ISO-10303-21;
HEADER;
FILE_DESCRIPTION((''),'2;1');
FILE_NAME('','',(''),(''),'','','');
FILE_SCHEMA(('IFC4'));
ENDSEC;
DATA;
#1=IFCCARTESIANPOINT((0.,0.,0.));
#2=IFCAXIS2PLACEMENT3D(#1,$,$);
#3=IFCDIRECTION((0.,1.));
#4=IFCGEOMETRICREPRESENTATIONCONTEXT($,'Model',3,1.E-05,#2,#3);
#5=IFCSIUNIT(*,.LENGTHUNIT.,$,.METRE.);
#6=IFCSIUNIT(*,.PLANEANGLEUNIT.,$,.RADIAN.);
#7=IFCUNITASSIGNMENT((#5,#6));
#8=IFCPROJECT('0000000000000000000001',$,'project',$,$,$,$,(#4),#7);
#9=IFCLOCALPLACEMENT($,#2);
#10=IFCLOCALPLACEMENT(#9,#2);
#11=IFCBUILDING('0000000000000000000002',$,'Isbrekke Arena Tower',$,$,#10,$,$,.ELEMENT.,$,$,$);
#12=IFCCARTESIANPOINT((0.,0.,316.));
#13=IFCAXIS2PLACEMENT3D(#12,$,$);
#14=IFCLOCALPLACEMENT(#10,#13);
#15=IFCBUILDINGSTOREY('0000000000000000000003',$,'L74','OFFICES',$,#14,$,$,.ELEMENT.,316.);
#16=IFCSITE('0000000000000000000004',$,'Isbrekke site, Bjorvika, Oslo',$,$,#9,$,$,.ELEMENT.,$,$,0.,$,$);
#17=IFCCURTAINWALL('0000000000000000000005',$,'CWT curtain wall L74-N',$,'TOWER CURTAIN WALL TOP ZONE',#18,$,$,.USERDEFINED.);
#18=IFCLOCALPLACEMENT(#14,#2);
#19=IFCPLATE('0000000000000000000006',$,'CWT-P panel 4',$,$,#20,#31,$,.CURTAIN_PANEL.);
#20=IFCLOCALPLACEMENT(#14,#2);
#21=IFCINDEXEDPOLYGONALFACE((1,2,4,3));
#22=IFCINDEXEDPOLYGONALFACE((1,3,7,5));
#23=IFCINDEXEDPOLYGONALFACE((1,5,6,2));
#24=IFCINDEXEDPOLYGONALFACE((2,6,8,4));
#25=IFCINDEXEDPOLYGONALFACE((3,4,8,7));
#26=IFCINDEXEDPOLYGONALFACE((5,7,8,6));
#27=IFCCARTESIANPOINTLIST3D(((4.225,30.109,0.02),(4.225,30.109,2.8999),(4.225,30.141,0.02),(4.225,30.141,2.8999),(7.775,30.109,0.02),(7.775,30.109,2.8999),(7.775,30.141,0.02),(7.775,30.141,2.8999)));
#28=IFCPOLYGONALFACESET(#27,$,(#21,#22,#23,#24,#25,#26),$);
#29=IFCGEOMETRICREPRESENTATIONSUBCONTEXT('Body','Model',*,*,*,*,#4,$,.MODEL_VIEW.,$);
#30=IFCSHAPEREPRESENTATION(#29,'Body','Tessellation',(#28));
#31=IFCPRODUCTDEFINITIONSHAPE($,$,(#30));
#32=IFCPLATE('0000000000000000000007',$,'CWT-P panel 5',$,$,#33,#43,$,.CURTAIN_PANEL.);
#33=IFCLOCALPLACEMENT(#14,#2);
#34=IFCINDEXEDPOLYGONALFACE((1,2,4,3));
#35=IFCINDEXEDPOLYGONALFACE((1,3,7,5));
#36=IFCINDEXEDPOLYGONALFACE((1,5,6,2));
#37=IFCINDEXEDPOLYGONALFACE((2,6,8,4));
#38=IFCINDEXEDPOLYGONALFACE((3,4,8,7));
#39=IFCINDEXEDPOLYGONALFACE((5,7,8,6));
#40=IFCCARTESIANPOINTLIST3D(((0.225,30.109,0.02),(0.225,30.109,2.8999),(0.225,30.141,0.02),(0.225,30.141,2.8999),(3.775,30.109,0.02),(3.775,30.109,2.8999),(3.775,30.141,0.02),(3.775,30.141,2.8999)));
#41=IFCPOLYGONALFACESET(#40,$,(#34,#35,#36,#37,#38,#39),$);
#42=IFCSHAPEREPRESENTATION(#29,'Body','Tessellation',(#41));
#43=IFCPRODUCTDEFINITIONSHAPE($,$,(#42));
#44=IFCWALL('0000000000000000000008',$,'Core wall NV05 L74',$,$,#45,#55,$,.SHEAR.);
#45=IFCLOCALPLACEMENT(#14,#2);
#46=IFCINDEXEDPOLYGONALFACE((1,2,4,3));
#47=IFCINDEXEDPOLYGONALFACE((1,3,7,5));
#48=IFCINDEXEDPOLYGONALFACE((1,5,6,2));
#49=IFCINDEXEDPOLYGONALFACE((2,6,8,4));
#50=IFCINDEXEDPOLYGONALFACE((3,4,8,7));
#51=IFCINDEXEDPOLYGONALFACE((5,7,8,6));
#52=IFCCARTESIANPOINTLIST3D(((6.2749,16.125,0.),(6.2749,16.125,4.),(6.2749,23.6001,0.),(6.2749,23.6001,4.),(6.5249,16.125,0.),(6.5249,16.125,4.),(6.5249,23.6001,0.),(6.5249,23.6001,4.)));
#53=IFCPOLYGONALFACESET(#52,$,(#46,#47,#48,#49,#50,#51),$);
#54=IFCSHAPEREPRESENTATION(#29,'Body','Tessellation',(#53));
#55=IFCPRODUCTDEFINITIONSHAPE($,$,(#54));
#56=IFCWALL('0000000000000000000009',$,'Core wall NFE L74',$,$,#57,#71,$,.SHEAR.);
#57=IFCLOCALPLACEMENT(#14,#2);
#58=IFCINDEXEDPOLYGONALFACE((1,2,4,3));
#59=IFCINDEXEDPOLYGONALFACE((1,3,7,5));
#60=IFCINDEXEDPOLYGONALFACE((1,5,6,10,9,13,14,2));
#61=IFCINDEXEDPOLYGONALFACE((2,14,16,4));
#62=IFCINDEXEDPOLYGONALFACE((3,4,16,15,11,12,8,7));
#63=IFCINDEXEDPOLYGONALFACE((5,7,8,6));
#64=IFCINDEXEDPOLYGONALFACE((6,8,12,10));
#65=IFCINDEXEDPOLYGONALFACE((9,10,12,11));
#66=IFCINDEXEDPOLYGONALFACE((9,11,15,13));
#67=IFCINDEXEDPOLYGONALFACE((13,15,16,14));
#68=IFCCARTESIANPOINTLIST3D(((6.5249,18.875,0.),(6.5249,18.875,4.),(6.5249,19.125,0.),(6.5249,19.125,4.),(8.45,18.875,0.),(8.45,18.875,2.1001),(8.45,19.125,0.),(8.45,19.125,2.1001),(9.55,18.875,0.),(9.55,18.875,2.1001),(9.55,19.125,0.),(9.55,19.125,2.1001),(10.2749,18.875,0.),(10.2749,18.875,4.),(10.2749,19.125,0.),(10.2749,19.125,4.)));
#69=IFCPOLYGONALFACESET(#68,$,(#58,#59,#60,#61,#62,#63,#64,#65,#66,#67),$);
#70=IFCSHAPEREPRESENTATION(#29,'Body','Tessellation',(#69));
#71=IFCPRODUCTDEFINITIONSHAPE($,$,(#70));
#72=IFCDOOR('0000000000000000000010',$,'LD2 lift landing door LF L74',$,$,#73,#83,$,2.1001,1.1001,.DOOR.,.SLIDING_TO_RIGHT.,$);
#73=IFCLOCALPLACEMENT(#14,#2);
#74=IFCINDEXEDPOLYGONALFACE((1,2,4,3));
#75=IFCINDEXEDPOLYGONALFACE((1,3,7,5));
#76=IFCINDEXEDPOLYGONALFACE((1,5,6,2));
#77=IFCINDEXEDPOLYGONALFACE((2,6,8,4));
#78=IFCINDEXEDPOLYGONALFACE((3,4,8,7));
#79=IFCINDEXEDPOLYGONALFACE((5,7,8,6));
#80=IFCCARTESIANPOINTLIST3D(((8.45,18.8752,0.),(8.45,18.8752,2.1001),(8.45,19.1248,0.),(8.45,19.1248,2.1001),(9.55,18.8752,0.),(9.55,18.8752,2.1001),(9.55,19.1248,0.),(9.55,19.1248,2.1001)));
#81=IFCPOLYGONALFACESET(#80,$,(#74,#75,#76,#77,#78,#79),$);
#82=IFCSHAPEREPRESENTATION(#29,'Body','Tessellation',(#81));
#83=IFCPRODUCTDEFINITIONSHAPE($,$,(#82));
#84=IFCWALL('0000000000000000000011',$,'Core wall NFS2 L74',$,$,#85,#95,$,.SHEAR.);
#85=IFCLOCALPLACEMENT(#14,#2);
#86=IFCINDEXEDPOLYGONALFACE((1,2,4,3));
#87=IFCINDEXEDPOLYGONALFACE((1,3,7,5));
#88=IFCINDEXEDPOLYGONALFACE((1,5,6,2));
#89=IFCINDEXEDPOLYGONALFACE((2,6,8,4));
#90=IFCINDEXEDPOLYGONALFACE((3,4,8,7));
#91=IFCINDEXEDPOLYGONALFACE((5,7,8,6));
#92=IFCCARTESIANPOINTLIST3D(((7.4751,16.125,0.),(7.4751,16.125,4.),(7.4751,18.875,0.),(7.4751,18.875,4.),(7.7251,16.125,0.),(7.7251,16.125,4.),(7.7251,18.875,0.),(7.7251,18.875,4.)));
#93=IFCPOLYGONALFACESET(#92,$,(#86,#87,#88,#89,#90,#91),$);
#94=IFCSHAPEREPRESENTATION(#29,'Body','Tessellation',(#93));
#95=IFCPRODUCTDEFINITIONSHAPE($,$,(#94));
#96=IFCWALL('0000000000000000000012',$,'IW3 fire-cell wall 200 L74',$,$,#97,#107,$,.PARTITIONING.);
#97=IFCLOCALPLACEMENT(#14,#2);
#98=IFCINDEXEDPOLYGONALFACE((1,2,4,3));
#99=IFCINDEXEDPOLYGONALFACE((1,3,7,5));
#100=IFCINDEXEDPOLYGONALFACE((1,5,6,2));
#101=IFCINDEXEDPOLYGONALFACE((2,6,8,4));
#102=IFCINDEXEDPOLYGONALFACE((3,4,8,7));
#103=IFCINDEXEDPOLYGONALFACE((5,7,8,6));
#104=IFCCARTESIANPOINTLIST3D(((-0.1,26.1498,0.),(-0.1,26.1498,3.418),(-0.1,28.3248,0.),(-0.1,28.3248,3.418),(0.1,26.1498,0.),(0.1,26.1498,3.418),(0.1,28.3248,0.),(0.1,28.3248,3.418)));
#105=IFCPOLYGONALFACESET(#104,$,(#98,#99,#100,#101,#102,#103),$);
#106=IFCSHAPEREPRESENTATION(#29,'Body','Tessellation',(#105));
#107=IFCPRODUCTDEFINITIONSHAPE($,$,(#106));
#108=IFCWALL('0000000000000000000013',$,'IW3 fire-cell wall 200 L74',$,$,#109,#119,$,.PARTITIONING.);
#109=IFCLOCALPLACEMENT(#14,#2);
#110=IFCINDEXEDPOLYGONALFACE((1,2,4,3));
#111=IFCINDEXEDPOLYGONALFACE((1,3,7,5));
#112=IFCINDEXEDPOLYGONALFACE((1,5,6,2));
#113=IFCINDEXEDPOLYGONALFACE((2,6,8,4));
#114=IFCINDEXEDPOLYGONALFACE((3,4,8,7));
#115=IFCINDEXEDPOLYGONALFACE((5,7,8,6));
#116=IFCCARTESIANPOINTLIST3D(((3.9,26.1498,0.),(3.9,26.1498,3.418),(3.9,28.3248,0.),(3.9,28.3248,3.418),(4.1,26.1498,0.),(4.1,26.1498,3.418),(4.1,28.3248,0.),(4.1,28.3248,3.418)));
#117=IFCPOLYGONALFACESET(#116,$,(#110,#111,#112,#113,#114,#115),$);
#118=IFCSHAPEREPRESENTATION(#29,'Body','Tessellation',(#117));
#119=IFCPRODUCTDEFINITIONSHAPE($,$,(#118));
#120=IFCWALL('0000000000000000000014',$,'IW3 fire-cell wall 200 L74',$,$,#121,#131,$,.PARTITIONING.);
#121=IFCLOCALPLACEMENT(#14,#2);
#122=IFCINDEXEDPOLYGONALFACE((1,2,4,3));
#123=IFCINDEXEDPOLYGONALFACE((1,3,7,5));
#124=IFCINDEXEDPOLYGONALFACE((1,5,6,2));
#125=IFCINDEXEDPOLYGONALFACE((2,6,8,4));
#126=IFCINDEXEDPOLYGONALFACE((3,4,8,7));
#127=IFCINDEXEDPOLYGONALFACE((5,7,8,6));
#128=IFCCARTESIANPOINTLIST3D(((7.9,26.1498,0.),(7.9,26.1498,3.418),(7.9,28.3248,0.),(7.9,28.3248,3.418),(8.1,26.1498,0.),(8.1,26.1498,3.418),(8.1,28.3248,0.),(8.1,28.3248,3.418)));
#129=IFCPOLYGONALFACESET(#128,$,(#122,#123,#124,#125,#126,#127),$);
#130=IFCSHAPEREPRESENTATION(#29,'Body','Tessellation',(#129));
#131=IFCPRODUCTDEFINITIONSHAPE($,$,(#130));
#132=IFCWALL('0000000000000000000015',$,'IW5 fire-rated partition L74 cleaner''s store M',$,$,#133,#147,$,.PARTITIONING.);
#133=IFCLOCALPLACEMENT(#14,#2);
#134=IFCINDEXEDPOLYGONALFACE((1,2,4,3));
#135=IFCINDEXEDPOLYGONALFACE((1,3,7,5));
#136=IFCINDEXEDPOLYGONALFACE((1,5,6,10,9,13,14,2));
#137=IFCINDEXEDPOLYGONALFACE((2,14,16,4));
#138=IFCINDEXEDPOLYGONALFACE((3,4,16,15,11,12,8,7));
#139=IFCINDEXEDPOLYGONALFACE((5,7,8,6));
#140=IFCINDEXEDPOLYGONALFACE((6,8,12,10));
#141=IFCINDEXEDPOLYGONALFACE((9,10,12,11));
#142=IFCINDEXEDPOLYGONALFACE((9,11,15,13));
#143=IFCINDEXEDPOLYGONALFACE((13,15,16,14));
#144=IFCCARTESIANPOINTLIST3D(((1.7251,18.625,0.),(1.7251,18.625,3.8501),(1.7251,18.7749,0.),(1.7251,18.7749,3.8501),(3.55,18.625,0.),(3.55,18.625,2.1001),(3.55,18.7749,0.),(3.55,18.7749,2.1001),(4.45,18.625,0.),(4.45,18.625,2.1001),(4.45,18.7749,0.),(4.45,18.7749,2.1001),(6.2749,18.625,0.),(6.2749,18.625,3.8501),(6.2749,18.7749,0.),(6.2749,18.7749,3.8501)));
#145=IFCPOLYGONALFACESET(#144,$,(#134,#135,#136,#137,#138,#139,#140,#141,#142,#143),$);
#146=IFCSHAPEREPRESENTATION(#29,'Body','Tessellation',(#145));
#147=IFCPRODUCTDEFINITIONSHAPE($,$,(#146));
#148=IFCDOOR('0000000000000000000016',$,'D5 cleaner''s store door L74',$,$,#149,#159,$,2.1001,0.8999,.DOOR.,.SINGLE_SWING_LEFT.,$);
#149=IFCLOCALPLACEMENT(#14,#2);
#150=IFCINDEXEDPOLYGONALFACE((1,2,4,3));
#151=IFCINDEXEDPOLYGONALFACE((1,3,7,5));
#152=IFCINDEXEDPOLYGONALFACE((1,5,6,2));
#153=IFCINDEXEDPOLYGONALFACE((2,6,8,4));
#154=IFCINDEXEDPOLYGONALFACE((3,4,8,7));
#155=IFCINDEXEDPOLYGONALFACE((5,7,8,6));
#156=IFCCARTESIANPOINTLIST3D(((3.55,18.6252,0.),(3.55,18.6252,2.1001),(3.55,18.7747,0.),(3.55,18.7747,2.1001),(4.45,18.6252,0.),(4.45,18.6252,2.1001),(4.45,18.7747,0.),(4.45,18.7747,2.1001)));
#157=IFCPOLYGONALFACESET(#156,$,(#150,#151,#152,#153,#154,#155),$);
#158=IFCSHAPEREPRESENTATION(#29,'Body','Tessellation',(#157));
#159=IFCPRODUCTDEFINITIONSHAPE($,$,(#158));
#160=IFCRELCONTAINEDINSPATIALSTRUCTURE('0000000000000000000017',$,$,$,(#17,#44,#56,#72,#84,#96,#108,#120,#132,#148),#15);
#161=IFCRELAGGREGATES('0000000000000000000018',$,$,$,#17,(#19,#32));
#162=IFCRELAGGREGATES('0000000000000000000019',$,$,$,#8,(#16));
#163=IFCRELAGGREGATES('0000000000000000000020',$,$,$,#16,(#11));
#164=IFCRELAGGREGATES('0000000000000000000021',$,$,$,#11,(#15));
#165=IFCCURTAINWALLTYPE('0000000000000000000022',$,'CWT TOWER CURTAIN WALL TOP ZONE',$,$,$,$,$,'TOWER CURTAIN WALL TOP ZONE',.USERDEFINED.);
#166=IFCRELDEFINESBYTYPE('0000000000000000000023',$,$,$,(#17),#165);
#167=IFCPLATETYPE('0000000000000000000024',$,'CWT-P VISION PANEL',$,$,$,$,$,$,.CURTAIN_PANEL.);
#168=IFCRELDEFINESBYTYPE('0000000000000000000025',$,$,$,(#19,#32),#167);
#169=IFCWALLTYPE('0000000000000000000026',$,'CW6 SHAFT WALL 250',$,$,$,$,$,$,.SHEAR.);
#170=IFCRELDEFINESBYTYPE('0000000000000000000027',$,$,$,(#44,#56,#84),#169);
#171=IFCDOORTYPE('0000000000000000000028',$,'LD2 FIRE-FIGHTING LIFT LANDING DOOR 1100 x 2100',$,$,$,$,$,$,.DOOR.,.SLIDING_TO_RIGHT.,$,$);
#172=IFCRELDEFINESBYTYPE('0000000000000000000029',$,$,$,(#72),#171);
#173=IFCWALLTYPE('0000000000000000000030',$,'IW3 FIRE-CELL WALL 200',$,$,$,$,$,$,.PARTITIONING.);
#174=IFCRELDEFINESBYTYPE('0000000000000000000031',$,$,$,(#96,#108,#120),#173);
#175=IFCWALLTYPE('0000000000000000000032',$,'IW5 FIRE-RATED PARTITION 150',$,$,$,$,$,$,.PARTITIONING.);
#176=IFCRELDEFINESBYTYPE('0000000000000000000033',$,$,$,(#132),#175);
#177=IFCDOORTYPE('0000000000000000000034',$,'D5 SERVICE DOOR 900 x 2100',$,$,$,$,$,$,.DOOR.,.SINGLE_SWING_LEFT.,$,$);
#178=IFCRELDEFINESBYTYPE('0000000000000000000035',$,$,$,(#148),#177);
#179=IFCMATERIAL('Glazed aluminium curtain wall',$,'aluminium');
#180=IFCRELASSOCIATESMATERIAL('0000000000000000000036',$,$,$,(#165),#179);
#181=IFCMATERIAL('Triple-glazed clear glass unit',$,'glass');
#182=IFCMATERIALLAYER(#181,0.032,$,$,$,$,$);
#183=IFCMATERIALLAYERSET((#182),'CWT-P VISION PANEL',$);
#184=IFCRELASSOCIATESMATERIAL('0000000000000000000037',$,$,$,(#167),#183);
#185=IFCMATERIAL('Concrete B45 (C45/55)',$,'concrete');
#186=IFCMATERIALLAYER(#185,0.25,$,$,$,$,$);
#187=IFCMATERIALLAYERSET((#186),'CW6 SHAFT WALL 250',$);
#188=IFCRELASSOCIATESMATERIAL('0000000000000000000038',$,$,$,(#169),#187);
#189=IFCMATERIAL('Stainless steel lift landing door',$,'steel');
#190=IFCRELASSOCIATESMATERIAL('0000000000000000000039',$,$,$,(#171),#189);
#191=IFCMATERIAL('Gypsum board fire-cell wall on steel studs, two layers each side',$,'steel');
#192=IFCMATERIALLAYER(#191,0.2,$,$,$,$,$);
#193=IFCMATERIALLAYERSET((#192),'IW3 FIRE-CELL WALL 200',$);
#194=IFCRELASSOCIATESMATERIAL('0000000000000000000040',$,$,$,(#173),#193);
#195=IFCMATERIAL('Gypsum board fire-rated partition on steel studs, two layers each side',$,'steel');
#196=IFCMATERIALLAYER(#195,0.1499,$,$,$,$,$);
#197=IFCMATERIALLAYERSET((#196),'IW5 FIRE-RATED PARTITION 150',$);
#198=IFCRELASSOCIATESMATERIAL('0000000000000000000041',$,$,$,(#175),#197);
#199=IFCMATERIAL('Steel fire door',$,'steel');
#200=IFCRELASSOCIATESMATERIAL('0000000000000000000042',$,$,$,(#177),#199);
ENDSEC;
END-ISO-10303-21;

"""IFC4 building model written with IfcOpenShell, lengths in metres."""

from ifc_helpers import new_model, si_unit, direction, frame, frame_2d, origin, origin_2d, place, context, subcontext, project, spatial, rectangle, extrude, material, layer, layer_set, type_object, element, fill, aggregate, save


model = new_model("IFC4")

# Units and contexts
model_context = context("Model", 3, precision=1e-05, world=origin(), true_north=direction((0.0, 1.0)))
body_context = subcontext(model_context, "Body", "Model", "MODEL_VIEW")
ifc_project = project(units=[si_unit("LENGTHUNIT", "METRE"), si_unit("PLANEANGLEUNIT", "RADIAN")], contexts=[model_context])

# Site, building, storey
site_placement = place(None, origin())
site = spatial("IfcSite", under=ifc_project, at=site_placement, Name="Isbrekke site, Bjorvika, Oslo", CompositionType="ELEMENT", RefElevation=0.0)
building_placement = place(site_placement, origin())
building = spatial("IfcBuilding", under=site, at=building_placement, Name="Isbrekke Arena Tower", CompositionType="ELEMENT")
storey_placement = place(building_placement, frame((0.0, 0.0, 316.0)))
storey = spatial("IfcBuildingStorey", under=building, at=storey_placement, Name="L74", Description="OFFICES", CompositionType="ELEMENT", Elevation=316.0)

# Curtain wall
ifc_material_1 = material(Name="Glazed aluminium curtain wall", Category="aluminium")
curtain_wall_type = type_object("IfcCurtainWallType", Name="CWT TOWER CURTAIN WALL TOP ZONE", ElementType="TOWER CURTAIN WALL TOP ZONE", PredefinedType="USERDEFINED", material=ifc_material_1)
curtain_wall_placement = place(storey_placement, origin())
curtain_wall = element("IfcCurtainWall", 1, at=curtain_wall_placement, inside=storey, type_object=curtain_wall_type, Name="CWT curtain wall L74-N", ObjectType="TOWER CURTAIN WALL TOP ZONE", PredefinedType="USERDEFINED")

# Plates
ifc_material_2 = material(Name="Triple-glazed clear glass unit", Category="glass")
ifc_layer_1 = layer(ifc_material_2, 0.032)
ifc_layer_set_1 = layer_set([ifc_layer_1], Name="CWT-P VISION PANEL")
plate_type = type_object("IfcPlateType", Name="CWT-P VISION PANEL", PredefinedType="CURTAIN_PANEL", material=ifc_layer_set_1)
plate_1_placement = place(storey_placement, frame((6.0, 30.125, 0.02), z_axis=(0.0, 0.0, 1.0), x_axis=(-1.0, 0.0, 0.0)))
plate_1 = element("IfcPlate", 2, at=plate_1_placement, type_object=plate_type, Name="CWT-P panel 4", PredefinedType="CURTAIN_PANEL", context=body_context, shape_type="SweptSolid", body=[
    extrude(rectangle(XDim=3.55, YDim=0.032, at=origin_2d()), origin(), (0.0, 0.0, 1.0), 2.8799),
])
plate_2_placement = place(storey_placement, frame((2.0, 30.125, 0.02), z_axis=(0.0, 0.0, 1.0), x_axis=(-1.0, 0.0, 0.0)))
plate_2 = element("IfcPlate", 3, at=plate_2_placement, type_object=plate_type, Name="CWT-P panel 5", PredefinedType="CURTAIN_PANEL", context=body_context, shape_type="SweptSolid", body=[
    extrude(rectangle(XDim=3.55, YDim=0.032, at=origin_2d()), origin(), (0.0, 0.0, 1.0), 2.8799),
])
aggregate(curtain_wall, [plate_1, plate_2])

# Wall
ifc_material_3 = material(Name="Concrete B45 (C45/55)", Category="concrete")
ifc_layer_2 = layer(ifc_material_3, 0.25)
ifc_layer_set_2 = layer_set([ifc_layer_2], Name="CW6 SHAFT WALL 250")
wall_type_1 = type_object("IfcWallType", Name="CW6 SHAFT WALL 250", PredefinedType="SHEAR", material=ifc_layer_set_2)
wall_1_placement = place(storey_placement, frame((6.3999, 16.125, 0.0), z_axis=(0.0, 0.0, 1.0), x_axis=(0.0, 1.0, 0.0)))
element("IfcWall", 4, at=wall_1_placement, inside=storey, type_object=wall_type_1, Name="Core wall NV05 L74", PredefinedType="SHEAR", context=body_context, shape_type="SweptSolid", body=[
    extrude(rectangle(XDim=7.4751, YDim=0.25, at=frame_2d((3.7375, 0.0))), origin(), (0.0, 0.0, 1.0), 4.0),
])

# Wall, opening, door
wall_2_placement = place(storey_placement, frame((6.5249, 19.0, 0.0), z_axis=(0.0, 0.0, 1.0), x_axis=(1.0, 0.0, 0.0)))
wall_2 = element("IfcWall", 5, at=wall_2_placement, inside=storey, type_object=wall_type_1, Name="Core wall NFE L74", PredefinedType="SHEAR", context=body_context, shape_type="SweptSolid", body=[
    extrude(rectangle(XDim=3.75, YDim=0.25, at=frame_2d((1.875, 0.0))), origin(), (0.0, 0.0, 1.0), 4.0),
])
opening_1_placement = place(wall_2_placement, frame((1.925, 0.0, 0.0)))
opening_1 = element("IfcOpeningElement", 6, at=opening_1_placement, cuts=wall_2, PredefinedType="OPENING", context=body_context, shape_type="SweptSolid", body=[
    extrude(rectangle(XDim=1.1001, YDim=2.1001, at=frame_2d((0.55, 1.05))), frame((0.0, 0.1399, 0.0), z_axis=(0.0, -1.0, 0.0), x_axis=(1.0, 0.0, 0.0)), (0.0, 0.0, 1.0), 0.2798),
])
ifc_material_4 = material(Name="Stainless steel lift landing door", Category="steel")
door_type_1 = type_object("IfcDoorType", Name="LD2 FIRE-FIGHTING LIFT LANDING DOOR 1100 x 2100", OperationType="SLIDING_TO_RIGHT", PredefinedType="DOOR", material=ifc_material_4)
door_1_placement = place(opening_1_placement, origin())
door_1 = element("IfcDoor", 7, at=door_1_placement, inside=storey, type_object=door_type_1, Name="LD2 lift landing door LF L74", OperationType="SLIDING_TO_RIGHT", OverallHeight=2.1001, OverallWidth=1.1001, PredefinedType="DOOR", context=body_context, shape_type="SweptSolid", body=[
    extrude(rectangle(XDim=1.1001, YDim=2.1001, at=frame_2d((0.55, 1.05))), frame((0.0, 0.1248, 0.0), z_axis=(0.0, -1.0, 0.0), x_axis=(1.0, 0.0, 0.0)), (0.0, 0.0, 1.0), 0.2495),
])
fill(opening_1, door_1)

# Walls
wall_3_placement = place(storey_placement, frame((7.6001, 16.125, 0.0), z_axis=(0.0, 0.0, 1.0), x_axis=(0.0, 1.0, 0.0)))
element("IfcWall", 8, at=wall_3_placement, inside=storey, type_object=wall_type_1, Name="Core wall NFS2 L74", PredefinedType="SHEAR", context=body_context, shape_type="SweptSolid", body=[
    extrude(rectangle(XDim=2.75, YDim=0.25, at=frame_2d((1.375, 0.0))), origin(), (0.0, 0.0, 1.0), 4.0),
])
ifc_material_5 = material(Name="Gypsum board fire-cell wall on steel studs, two layers each side", Category="steel")
ifc_layer_3 = layer(ifc_material_5, 0.2)
ifc_layer_set_3 = layer_set([ifc_layer_3], Name="IW3 FIRE-CELL WALL 200")
wall_type_2 = type_object("IfcWallType", Name="IW3 FIRE-CELL WALL 200", PredefinedType="PARTITIONING", material=ifc_layer_set_3)
for number, where, z_axis, x_axis, name in (
    (9, (0.0, 26.1499, 0.0), (0.0, 0.0, 1.0), (0.0, 1.0, 0.0), "IW3 fire-cell wall 200 L74"),
    (10, (4.0, 26.1499, 0.0), (0.0, 0.0, 1.0), (0.0, 1.0, 0.0), "IW3 fire-cell wall 200 L74"),
    (11, (8.0, 26.1499, 0.0), (0.0, 0.0, 1.0), (0.0, 1.0, 0.0), "IW3 fire-cell wall 200 L74"),
):
    element("IfcWall", number, at=place(storey_placement, frame(where, z_axis=z_axis, x_axis=x_axis)), inside=storey, type_object=wall_type_2, Name=name, PredefinedType="PARTITIONING", context=body_context, shape_type="SweptSolid", body=[
        extrude(rectangle(XDim=2.175, YDim=0.2, at=frame_2d((1.0874, 0.0))), origin(), (0.0, 0.0, 1.0), 3.418),
    ])

# Wall, opening, door
ifc_material_6 = material(Name="Gypsum board fire-rated partition on steel studs, two layers each side", Category="steel")
ifc_layer_4 = layer(ifc_material_6, 0.1499)
ifc_layer_set_4 = layer_set([ifc_layer_4], Name="IW5 FIRE-RATED PARTITION 150")
wall_type_3 = type_object("IfcWallType", Name="IW5 FIRE-RATED PARTITION 150", PredefinedType="PARTITIONING", material=ifc_layer_set_4)
wall_4_placement = place(storey_placement, frame((1.7251, 18.7, 0.0), z_axis=(0.0, 0.0, 1.0), x_axis=(1.0, 0.0, 0.0)))
wall_4 = element("IfcWall", 12, at=wall_4_placement, inside=storey, type_object=wall_type_3, Name="IW5 fire-rated partition L74 cleaner's store M", PredefinedType="PARTITIONING", context=body_context, shape_type="SweptSolid", body=[
    extrude(rectangle(XDim=4.5498, YDim=0.1499, at=frame_2d((2.2749, 0.0))), origin(), (0.0, 0.0, 1.0), 3.8501),
])
opening_2_placement = place(wall_4_placement, frame((1.825, 0.0, 0.0)))
opening_2 = element("IfcOpeningElement", 13, at=opening_2_placement, cuts=wall_4, PredefinedType="OPENING", context=body_context, shape_type="SweptSolid", body=[
    extrude(rectangle(XDim=0.8999, YDim=2.1001, at=frame_2d((0.45, 1.05))), frame((0.0, 0.0898, 0.0), z_axis=(0.0, -1.0, 0.0), x_axis=(1.0, 0.0, 0.0)), (0.0, 0.0, 1.0), 0.1797),
])
ifc_material_7 = material(Name="Steel fire door", Category="steel")
door_type_2 = type_object("IfcDoorType", Name="D5 SERVICE DOOR 900 x 2100", OperationType="SINGLE_SWING_LEFT", PredefinedType="DOOR", material=ifc_material_7)
door_2_placement = place(opening_2_placement, origin())
door_2 = element("IfcDoor", 14, at=door_2_placement, inside=storey, type_object=door_type_2, Name="D5 cleaner's store door L74", OperationType="SINGLE_SWING_LEFT", OverallHeight=2.1001, OverallWidth=0.8999, PredefinedType="DOOR", context=body_context, shape_type="SweptSolid", body=[
    extrude(rectangle(XDim=0.8999, YDim=2.1001, at=frame_2d((0.45, 1.05))), frame((0.0, 0.0747, 0.0), z_axis=(0.0, -1.0, 0.0), x_axis=(1.0, 0.0, 0.0)), (0.0, 0.0, 1.0), 0.1494),
])
fill(opening_2, door_2)

save(model, "model.ifc")
